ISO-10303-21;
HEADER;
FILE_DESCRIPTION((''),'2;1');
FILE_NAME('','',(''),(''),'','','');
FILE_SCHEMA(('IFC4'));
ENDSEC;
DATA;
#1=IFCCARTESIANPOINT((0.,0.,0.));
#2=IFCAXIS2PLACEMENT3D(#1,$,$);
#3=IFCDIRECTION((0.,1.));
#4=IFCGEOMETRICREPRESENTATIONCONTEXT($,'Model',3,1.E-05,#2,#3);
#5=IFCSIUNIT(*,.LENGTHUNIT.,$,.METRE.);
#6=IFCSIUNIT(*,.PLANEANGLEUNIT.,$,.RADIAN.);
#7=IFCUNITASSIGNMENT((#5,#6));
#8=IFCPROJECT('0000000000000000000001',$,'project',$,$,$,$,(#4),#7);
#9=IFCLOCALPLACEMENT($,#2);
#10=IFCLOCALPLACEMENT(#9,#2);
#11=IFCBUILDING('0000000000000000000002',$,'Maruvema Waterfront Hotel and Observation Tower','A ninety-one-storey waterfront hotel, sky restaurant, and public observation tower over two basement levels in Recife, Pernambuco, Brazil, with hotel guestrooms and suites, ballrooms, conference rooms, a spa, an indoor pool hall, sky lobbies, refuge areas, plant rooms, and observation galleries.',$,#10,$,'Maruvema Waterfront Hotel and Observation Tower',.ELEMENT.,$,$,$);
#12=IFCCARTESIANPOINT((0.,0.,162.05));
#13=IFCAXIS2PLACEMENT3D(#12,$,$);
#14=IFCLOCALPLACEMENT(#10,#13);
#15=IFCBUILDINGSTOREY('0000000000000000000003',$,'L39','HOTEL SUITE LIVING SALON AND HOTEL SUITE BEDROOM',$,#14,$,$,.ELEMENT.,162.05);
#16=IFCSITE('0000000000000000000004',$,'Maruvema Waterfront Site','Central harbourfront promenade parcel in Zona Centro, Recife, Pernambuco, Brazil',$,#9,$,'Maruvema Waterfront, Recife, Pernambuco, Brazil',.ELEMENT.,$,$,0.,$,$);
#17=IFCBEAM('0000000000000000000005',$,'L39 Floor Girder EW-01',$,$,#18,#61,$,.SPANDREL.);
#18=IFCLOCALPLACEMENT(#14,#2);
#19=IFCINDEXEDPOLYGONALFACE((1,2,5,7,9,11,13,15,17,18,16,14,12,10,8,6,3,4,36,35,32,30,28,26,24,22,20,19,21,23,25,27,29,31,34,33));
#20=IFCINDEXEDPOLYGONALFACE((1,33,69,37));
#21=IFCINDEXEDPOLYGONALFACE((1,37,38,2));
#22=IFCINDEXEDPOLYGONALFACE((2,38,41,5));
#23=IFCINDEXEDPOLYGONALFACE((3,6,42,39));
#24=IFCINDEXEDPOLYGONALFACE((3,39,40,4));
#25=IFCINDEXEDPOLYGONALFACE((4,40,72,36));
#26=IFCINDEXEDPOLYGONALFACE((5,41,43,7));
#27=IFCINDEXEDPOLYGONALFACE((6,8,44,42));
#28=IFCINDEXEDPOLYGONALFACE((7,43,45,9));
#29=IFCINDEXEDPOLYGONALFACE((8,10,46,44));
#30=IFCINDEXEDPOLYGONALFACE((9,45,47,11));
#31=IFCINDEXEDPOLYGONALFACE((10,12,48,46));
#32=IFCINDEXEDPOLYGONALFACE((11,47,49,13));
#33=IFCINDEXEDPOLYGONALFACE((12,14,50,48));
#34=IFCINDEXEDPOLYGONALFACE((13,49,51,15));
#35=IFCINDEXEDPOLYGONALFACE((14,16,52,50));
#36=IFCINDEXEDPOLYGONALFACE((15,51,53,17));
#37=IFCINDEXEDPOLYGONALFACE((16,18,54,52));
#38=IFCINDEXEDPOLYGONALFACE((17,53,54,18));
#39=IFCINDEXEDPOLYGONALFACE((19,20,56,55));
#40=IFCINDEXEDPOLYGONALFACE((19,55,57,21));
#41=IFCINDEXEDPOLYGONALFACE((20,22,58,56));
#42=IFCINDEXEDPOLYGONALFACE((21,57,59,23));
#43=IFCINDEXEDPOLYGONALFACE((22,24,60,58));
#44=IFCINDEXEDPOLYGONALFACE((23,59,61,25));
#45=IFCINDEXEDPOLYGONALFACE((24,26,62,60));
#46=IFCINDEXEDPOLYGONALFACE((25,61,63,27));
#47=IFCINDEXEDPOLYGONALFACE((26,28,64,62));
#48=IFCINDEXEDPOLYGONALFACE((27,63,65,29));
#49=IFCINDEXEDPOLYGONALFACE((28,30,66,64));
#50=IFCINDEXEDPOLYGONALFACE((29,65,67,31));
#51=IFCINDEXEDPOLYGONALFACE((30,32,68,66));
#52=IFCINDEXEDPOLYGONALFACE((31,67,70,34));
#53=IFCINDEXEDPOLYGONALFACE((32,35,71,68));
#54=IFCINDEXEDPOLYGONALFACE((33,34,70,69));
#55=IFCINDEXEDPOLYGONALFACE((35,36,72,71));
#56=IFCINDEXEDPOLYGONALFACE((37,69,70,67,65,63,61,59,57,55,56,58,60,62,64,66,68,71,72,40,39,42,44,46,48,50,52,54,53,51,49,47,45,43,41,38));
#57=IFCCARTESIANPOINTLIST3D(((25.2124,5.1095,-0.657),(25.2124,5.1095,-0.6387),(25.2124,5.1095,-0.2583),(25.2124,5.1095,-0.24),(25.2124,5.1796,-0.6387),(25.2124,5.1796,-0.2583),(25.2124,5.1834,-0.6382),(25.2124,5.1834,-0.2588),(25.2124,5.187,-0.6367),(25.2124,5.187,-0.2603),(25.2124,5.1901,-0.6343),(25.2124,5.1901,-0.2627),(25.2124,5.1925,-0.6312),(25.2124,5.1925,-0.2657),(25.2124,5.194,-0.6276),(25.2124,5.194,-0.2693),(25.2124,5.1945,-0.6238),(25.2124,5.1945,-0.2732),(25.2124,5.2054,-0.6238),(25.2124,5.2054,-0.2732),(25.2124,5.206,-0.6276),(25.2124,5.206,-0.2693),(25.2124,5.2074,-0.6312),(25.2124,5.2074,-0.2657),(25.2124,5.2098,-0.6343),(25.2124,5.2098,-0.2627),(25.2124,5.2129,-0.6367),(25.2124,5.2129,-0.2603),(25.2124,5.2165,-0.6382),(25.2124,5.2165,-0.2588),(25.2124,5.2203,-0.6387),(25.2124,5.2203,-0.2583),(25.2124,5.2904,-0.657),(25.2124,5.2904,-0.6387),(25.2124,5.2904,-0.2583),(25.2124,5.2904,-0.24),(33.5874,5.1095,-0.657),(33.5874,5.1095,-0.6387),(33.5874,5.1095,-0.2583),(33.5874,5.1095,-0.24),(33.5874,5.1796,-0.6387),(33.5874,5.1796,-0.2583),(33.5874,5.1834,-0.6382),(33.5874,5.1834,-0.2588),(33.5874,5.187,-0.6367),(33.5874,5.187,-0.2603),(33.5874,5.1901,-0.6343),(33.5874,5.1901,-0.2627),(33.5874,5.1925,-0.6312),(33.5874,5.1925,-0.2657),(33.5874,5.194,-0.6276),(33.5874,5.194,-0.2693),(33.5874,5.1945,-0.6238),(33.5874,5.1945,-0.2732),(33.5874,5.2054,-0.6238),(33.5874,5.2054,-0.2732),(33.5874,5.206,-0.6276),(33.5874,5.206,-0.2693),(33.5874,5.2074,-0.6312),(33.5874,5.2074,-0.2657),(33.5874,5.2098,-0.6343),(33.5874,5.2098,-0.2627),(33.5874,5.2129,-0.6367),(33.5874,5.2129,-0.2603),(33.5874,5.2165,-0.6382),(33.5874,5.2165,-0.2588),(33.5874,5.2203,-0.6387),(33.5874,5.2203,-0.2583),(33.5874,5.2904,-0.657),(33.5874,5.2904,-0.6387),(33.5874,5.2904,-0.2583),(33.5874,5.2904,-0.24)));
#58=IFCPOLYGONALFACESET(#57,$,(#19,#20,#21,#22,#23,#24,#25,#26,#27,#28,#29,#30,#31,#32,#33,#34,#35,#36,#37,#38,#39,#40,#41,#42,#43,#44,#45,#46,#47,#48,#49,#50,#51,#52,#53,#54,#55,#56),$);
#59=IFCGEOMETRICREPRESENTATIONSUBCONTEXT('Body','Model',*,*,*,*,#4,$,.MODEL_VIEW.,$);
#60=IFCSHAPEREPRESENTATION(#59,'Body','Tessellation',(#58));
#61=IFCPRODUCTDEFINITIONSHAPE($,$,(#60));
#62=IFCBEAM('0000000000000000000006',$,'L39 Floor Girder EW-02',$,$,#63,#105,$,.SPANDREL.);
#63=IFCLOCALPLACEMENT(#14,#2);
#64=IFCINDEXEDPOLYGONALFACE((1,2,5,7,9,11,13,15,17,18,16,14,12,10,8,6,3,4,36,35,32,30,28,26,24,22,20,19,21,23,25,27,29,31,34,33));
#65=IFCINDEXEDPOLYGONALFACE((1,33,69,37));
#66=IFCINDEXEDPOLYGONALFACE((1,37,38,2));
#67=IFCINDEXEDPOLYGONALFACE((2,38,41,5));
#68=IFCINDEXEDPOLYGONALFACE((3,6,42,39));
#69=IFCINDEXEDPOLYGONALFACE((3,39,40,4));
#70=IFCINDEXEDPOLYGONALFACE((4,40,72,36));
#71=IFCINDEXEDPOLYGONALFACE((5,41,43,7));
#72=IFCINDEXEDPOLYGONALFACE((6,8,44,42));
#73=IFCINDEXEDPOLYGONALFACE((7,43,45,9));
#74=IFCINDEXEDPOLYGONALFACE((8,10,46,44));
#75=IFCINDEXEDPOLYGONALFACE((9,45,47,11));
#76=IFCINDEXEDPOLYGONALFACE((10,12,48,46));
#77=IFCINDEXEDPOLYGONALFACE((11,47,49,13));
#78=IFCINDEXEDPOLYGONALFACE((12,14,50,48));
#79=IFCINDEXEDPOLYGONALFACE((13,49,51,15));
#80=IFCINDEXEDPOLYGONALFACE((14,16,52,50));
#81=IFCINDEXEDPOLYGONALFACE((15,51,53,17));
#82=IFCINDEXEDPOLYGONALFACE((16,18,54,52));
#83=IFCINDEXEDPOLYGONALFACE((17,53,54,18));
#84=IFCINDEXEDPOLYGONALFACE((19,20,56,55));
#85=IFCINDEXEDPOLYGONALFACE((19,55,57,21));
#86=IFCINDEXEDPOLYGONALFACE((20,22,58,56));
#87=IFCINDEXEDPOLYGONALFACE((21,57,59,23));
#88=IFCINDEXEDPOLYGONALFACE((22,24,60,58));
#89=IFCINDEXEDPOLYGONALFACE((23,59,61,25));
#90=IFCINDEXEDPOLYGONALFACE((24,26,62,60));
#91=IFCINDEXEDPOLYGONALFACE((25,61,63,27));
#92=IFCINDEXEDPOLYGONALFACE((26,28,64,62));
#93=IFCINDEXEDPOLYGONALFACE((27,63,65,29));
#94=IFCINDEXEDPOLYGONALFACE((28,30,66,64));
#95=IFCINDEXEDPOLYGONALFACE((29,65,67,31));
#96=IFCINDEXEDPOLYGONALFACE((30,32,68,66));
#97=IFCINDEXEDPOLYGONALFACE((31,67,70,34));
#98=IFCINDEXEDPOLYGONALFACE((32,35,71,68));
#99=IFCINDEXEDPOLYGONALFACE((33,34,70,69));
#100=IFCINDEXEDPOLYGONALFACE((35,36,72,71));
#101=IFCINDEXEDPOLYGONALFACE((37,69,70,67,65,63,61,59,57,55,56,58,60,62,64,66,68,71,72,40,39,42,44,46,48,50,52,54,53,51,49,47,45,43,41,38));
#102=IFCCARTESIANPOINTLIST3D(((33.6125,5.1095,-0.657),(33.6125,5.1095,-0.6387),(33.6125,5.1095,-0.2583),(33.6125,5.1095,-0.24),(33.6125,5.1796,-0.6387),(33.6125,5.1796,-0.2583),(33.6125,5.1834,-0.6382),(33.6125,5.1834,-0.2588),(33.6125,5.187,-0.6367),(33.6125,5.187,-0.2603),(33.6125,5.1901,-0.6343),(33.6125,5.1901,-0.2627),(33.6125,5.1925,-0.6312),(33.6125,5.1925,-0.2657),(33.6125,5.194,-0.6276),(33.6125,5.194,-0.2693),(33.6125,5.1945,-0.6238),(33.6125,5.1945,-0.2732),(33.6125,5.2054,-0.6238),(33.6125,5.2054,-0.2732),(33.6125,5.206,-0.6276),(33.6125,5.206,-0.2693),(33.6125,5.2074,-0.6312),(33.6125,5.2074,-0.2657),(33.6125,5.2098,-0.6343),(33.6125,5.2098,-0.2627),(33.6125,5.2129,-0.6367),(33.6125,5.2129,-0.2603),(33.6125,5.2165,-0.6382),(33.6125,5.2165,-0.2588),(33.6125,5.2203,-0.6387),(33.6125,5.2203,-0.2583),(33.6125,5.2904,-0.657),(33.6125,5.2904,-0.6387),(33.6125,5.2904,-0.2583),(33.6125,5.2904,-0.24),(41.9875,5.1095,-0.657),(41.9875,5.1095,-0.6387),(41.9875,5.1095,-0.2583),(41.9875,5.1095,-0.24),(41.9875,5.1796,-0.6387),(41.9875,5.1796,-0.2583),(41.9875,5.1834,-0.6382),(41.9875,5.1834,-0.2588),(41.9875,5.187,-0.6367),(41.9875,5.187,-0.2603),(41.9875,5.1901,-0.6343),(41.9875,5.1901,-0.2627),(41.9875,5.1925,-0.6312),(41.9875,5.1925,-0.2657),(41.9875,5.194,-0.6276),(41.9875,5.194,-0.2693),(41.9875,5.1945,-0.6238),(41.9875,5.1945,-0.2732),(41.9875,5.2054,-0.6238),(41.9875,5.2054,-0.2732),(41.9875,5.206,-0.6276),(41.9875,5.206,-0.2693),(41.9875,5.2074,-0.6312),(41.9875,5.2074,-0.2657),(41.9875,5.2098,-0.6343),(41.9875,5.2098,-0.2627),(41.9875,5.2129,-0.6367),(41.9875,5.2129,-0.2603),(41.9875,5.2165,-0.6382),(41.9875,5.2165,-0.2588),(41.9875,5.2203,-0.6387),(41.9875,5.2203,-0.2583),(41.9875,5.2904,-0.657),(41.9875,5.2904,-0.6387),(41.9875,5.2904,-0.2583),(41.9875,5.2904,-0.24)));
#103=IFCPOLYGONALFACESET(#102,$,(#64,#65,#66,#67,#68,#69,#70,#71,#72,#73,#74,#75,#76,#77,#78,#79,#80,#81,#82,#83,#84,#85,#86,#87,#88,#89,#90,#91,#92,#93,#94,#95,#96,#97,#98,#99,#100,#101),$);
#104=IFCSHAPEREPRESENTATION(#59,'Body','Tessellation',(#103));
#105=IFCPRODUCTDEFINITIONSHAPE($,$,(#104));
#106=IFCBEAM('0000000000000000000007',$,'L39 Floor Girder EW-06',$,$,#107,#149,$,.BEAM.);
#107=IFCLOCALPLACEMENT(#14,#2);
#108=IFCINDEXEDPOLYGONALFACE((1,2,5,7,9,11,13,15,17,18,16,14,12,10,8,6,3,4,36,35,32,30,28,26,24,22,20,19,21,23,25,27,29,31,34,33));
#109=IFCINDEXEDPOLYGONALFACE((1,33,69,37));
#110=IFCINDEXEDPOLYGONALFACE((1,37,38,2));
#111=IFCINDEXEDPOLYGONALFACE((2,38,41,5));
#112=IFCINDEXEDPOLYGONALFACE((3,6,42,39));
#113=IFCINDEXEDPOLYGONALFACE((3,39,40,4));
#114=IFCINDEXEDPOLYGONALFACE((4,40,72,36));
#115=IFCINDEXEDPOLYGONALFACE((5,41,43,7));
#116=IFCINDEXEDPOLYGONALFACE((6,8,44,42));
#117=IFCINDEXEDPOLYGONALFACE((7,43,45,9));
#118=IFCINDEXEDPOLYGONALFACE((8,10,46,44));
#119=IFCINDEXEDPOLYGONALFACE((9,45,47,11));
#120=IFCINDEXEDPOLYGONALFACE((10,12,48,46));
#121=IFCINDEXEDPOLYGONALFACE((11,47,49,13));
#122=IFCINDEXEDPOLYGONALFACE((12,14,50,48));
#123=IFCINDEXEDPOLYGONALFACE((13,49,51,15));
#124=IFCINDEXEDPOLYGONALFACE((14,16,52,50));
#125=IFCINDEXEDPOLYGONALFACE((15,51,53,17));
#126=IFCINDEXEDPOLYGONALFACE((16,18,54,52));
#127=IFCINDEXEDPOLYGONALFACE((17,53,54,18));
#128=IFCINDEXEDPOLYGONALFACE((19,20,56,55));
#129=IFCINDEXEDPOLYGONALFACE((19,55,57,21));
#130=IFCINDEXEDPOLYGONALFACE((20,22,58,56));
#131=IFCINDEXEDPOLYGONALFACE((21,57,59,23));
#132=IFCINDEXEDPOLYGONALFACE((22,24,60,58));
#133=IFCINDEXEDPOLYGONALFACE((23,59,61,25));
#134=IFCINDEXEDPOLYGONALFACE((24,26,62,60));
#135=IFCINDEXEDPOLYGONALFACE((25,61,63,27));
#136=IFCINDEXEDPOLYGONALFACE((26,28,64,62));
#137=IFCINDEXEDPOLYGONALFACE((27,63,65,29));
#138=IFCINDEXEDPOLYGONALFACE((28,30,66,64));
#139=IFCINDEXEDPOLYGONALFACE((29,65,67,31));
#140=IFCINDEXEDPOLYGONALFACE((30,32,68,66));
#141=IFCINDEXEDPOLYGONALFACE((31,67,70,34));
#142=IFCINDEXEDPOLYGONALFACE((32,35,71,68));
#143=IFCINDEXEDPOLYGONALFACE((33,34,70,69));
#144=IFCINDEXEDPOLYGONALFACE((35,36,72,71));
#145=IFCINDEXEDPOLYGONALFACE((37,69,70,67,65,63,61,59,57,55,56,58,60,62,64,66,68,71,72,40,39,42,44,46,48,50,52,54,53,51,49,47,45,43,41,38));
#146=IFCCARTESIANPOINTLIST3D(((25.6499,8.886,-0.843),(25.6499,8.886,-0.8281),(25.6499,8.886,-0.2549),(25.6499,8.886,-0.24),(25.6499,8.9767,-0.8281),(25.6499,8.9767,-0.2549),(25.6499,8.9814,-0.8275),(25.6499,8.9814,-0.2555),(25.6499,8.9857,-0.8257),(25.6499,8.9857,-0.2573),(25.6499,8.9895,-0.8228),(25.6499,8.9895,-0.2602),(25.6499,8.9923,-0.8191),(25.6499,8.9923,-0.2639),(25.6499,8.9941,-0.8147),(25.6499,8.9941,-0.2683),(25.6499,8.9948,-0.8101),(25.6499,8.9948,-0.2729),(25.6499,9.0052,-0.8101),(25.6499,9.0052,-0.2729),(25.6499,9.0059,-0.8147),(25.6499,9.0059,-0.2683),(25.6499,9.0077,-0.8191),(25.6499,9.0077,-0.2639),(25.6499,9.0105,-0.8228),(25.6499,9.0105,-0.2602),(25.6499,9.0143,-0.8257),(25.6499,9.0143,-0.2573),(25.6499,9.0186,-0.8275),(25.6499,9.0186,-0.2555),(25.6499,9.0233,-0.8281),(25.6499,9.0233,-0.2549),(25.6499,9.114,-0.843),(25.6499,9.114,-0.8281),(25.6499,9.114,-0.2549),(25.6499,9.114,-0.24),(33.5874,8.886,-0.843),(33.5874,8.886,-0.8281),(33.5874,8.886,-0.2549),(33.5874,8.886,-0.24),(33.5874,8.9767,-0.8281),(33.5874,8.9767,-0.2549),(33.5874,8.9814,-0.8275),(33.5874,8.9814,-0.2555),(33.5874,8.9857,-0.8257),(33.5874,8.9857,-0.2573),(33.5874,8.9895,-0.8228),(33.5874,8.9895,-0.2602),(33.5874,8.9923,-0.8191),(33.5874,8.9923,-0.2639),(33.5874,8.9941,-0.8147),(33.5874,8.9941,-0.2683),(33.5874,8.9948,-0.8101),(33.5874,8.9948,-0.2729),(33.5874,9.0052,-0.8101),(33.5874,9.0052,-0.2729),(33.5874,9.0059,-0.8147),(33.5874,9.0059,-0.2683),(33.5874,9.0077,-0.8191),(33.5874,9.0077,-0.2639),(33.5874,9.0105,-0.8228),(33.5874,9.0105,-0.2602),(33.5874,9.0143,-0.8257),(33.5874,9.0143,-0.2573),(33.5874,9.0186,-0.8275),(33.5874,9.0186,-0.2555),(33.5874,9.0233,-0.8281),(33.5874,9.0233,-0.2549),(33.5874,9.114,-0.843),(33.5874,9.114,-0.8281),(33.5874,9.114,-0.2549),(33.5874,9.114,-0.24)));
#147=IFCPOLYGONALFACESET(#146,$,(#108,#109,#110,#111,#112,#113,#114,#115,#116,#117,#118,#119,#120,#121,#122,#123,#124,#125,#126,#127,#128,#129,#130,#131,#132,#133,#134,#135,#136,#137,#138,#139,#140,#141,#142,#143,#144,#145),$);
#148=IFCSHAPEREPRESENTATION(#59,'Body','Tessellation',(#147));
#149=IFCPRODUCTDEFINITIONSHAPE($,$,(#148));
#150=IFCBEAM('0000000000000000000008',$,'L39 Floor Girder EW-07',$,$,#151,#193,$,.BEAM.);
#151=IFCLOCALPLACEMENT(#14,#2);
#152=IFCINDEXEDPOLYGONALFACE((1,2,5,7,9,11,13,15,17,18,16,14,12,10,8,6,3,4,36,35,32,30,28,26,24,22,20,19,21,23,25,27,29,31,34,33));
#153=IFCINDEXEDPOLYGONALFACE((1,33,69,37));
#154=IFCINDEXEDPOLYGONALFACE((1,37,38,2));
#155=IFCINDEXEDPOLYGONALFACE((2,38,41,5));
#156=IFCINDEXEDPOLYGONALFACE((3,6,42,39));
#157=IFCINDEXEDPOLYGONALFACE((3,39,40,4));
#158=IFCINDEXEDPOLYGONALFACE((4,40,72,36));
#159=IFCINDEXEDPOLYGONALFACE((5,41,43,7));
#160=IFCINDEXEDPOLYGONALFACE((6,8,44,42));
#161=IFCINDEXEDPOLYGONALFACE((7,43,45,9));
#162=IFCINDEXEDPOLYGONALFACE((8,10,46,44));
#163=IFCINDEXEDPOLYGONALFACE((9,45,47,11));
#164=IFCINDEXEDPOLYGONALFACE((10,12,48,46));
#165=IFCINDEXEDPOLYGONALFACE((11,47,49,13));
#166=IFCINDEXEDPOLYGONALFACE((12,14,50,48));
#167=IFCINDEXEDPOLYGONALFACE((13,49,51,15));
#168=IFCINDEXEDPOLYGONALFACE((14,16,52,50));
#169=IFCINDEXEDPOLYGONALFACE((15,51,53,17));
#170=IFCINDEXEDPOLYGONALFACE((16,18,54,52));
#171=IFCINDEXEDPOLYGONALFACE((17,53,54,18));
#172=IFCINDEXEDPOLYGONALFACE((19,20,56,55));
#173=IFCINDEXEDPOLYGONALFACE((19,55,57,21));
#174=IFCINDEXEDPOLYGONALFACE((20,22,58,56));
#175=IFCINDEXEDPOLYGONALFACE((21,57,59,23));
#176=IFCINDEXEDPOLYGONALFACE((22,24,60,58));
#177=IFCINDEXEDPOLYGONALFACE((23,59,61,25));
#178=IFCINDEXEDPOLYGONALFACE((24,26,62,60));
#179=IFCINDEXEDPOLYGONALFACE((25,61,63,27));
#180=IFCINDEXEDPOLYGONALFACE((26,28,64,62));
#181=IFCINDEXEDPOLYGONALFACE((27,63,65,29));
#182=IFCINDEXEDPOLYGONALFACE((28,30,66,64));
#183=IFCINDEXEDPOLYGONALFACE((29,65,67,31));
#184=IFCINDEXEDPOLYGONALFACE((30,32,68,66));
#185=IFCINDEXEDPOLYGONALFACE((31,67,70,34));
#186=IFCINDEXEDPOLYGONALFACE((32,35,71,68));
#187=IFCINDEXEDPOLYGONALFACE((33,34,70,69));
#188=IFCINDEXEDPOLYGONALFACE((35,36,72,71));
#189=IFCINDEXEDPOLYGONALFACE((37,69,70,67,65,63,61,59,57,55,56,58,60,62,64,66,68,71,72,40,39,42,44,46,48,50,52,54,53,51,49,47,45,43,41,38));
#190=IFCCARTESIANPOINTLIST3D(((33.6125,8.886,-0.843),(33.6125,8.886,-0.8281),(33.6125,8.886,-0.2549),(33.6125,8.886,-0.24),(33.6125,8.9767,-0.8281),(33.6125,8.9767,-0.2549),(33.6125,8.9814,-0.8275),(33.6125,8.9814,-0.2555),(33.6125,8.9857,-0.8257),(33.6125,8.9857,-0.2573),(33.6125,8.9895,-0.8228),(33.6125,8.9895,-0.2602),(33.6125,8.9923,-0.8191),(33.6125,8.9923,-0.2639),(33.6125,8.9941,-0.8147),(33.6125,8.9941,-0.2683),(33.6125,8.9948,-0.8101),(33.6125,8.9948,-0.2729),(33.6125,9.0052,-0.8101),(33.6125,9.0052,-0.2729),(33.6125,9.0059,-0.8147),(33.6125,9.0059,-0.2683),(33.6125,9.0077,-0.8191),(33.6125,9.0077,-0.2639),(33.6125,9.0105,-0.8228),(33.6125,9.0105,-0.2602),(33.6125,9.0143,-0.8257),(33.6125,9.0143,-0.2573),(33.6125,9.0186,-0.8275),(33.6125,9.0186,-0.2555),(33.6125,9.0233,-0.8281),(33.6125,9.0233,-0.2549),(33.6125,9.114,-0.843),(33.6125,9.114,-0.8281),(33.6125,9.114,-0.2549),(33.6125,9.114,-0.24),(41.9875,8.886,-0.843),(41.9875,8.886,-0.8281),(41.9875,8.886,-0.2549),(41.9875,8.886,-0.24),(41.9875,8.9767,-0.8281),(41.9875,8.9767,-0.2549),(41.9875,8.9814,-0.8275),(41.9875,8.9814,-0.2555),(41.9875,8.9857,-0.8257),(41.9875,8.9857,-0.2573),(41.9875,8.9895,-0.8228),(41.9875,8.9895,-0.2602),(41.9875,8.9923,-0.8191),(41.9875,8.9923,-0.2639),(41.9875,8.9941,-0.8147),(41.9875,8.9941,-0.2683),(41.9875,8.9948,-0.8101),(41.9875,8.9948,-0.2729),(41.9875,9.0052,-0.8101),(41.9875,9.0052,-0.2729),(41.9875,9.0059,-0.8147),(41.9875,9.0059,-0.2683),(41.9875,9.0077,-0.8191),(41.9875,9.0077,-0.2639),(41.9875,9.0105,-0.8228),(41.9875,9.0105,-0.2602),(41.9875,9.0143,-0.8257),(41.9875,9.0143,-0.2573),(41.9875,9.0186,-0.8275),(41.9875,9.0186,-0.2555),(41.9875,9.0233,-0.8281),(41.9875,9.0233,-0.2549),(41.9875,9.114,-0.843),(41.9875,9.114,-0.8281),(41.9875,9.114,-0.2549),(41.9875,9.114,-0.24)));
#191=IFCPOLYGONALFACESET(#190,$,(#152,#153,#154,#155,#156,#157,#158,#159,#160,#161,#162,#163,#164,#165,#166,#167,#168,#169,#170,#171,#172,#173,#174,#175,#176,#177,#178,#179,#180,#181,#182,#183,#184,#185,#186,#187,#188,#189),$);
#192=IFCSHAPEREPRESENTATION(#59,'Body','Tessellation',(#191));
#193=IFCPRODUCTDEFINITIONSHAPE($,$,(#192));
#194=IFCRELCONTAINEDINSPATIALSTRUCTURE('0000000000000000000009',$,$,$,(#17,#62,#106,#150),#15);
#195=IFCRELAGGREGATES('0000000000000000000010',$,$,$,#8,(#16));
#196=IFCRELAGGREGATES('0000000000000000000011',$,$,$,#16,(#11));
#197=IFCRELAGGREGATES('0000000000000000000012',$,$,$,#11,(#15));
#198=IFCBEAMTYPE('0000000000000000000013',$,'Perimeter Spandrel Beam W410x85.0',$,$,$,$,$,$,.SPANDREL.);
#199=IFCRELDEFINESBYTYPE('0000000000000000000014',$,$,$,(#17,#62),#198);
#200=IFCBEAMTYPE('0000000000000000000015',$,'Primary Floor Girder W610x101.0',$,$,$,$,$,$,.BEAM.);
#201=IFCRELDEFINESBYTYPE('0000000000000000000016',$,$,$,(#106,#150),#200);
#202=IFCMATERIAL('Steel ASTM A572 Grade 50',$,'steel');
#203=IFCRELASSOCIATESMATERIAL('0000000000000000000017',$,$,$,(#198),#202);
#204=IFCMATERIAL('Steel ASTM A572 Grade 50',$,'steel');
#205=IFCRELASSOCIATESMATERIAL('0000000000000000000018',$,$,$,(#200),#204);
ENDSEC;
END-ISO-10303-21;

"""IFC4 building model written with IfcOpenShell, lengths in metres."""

from ifc_helpers import new_model, si_unit, direction, frame, origin, origin_2d, place, context, subcontext, project, spatial, i_section, extrude, material, material_profile, profile_set, type_object, element, save


model = new_model("IFC4")

# Units and contexts
model_context = context("Model", 3, precision=1e-05, world=origin(), true_north=direction((0.0, 1.0)))
body_context = subcontext(model_context, "Body", "Model", "MODEL_VIEW")
ifc_project = project(units=[si_unit("LENGTHUNIT", "METRE"), si_unit("PLANEANGLEUNIT", "RADIAN")], contexts=[model_context])

# Site, building, storey
site_placement = place(None, origin())
site = spatial("IfcSite", under=ifc_project, at=site_placement, Name="Maruvema Waterfront Site", Description="Central harbourfront promenade parcel in Zona Centro, Recife, Pernambuco, Brazil", LongName="Maruvema Waterfront, Recife, Pernambuco, Brazil", CompositionType="ELEMENT", RefElevation=0.0)
building_placement = place(site_placement, origin())
building = spatial("IfcBuilding", under=site, at=building_placement, Name="Maruvema Waterfront Hotel and Observation Tower", Description="A ninety-one-storey waterfront hotel, sky restaurant, and public observation tower over two basement levels in Recife, Pernambuco, Brazil, with hotel guestrooms and suites, ballrooms, conference rooms, a spa, an indoor pool hall, sky lobbies, refuge areas, plant rooms, and observation galleries.", LongName="Maruvema Waterfront Hotel and Observation Tower", CompositionType="ELEMENT")
storey_placement = place(building_placement, frame((0.0, 0.0, 162.05)))
storey = spatial("IfcBuildingStorey", under=building, at=storey_placement, Name="L39", Description="HOTEL SUITE LIVING SALON AND HOTEL SUITE BEDROOM", CompositionType="ELEMENT", Elevation=162.05)

# Beams
ifc_material_1 = material(Name="Steel ASTM A572 Grade 50", Category="steel")
ifc_material_profile_1 = material_profile(ifc_material_1, i_section(OverallWidth=0.1809, OverallDepth=0.417, WebThickness=0.011, FlangeThickness=0.0183, FilletRadius=0.0149, at=origin_2d()), Name="W410x85.0")
ifc_profile_set_1 = profile_set([ifc_material_profile_1], Name="Steel ASTM A572 Grade 50")
beam_type_1 = type_object("IfcBeamType", Name="Perimeter Spandrel Beam W410x85.0", PredefinedType="SPANDREL", material=ifc_profile_set_1)
for number, where, z_axis, x_axis, name in (
    (1, (25.2124, 5.2, -0.4485), (1.0, 0.0, 0.0), (0.0, 1.0, 0.0), "L39 Floor Girder EW-01"),
    (2, (33.6125, 5.2, -0.4485), (1.0, 0.0, 0.0), (0.0, 1.0, 0.0), "L39 Floor Girder EW-02"),
):
    element("IfcBeam", number, at=place(storey_placement, frame(where, z_axis=z_axis, x_axis=x_axis)), inside=storey, type_object=beam_type_1, Name=name, PredefinedType="SPANDREL", context=body_context, shape_type="SweptSolid", body=[
        extrude(i_section(OverallWidth=0.1809, OverallDepth=0.417, WebThickness=0.011, FlangeThickness=0.0183, FilletRadius=0.0149, at=origin_2d()), origin(), (0.0, 0.0, 1.0), 8.375),
    ])
ifc_material_2 = material(Name="Steel ASTM A572 Grade 50", Category="steel")
ifc_material_profile_2 = material_profile(ifc_material_2, i_section(OverallWidth=0.228, OverallDepth=0.603, WebThickness=0.0105, FlangeThickness=0.0149, FilletRadius=0.0181, at=origin_2d()), Name="W610x101.0")
ifc_profile_set_2 = profile_set([ifc_material_profile_2], Name="Steel ASTM A572 Grade 50")
beam_type_2 = type_object("IfcBeamType", Name="Primary Floor Girder W610x101.0", PredefinedType="BEAM", material=ifc_profile_set_2)
beam_1_placement = place(storey_placement, frame((25.6499, 9.0, -0.5415), z_axis=(1.0, 0.0, 0.0), x_axis=(0.0, 1.0, 0.0)))
element("IfcBeam", 3, at=beam_1_placement, inside=storey, type_object=beam_type_2, Name="L39 Floor Girder EW-06", PredefinedType="BEAM", context=body_context, shape_type="SweptSolid", body=[
    extrude(i_section(OverallWidth=0.228, OverallDepth=0.603, WebThickness=0.0105, FlangeThickness=0.0149, FilletRadius=0.0181, at=origin_2d()), origin(), (0.0, 0.0, 1.0), 7.9375),
])
beam_2_placement = place(storey_placement, frame((33.6125, 9.0, -0.5415), z_axis=(1.0, 0.0, 0.0), x_axis=(0.0, 1.0, 0.0)))
element("IfcBeam", 4, at=beam_2_placement, inside=storey, type_object=beam_type_2, Name="L39 Floor Girder EW-07", PredefinedType="BEAM", context=body_context, shape_type="SweptSolid", body=[
    extrude(i_section(OverallWidth=0.228, OverallDepth=0.603, WebThickness=0.0105, FlangeThickness=0.0149, FilletRadius=0.0181, at=origin_2d()), origin(), (0.0, 0.0, 1.0), 8.375),
])

save(model, "model.ifc")
